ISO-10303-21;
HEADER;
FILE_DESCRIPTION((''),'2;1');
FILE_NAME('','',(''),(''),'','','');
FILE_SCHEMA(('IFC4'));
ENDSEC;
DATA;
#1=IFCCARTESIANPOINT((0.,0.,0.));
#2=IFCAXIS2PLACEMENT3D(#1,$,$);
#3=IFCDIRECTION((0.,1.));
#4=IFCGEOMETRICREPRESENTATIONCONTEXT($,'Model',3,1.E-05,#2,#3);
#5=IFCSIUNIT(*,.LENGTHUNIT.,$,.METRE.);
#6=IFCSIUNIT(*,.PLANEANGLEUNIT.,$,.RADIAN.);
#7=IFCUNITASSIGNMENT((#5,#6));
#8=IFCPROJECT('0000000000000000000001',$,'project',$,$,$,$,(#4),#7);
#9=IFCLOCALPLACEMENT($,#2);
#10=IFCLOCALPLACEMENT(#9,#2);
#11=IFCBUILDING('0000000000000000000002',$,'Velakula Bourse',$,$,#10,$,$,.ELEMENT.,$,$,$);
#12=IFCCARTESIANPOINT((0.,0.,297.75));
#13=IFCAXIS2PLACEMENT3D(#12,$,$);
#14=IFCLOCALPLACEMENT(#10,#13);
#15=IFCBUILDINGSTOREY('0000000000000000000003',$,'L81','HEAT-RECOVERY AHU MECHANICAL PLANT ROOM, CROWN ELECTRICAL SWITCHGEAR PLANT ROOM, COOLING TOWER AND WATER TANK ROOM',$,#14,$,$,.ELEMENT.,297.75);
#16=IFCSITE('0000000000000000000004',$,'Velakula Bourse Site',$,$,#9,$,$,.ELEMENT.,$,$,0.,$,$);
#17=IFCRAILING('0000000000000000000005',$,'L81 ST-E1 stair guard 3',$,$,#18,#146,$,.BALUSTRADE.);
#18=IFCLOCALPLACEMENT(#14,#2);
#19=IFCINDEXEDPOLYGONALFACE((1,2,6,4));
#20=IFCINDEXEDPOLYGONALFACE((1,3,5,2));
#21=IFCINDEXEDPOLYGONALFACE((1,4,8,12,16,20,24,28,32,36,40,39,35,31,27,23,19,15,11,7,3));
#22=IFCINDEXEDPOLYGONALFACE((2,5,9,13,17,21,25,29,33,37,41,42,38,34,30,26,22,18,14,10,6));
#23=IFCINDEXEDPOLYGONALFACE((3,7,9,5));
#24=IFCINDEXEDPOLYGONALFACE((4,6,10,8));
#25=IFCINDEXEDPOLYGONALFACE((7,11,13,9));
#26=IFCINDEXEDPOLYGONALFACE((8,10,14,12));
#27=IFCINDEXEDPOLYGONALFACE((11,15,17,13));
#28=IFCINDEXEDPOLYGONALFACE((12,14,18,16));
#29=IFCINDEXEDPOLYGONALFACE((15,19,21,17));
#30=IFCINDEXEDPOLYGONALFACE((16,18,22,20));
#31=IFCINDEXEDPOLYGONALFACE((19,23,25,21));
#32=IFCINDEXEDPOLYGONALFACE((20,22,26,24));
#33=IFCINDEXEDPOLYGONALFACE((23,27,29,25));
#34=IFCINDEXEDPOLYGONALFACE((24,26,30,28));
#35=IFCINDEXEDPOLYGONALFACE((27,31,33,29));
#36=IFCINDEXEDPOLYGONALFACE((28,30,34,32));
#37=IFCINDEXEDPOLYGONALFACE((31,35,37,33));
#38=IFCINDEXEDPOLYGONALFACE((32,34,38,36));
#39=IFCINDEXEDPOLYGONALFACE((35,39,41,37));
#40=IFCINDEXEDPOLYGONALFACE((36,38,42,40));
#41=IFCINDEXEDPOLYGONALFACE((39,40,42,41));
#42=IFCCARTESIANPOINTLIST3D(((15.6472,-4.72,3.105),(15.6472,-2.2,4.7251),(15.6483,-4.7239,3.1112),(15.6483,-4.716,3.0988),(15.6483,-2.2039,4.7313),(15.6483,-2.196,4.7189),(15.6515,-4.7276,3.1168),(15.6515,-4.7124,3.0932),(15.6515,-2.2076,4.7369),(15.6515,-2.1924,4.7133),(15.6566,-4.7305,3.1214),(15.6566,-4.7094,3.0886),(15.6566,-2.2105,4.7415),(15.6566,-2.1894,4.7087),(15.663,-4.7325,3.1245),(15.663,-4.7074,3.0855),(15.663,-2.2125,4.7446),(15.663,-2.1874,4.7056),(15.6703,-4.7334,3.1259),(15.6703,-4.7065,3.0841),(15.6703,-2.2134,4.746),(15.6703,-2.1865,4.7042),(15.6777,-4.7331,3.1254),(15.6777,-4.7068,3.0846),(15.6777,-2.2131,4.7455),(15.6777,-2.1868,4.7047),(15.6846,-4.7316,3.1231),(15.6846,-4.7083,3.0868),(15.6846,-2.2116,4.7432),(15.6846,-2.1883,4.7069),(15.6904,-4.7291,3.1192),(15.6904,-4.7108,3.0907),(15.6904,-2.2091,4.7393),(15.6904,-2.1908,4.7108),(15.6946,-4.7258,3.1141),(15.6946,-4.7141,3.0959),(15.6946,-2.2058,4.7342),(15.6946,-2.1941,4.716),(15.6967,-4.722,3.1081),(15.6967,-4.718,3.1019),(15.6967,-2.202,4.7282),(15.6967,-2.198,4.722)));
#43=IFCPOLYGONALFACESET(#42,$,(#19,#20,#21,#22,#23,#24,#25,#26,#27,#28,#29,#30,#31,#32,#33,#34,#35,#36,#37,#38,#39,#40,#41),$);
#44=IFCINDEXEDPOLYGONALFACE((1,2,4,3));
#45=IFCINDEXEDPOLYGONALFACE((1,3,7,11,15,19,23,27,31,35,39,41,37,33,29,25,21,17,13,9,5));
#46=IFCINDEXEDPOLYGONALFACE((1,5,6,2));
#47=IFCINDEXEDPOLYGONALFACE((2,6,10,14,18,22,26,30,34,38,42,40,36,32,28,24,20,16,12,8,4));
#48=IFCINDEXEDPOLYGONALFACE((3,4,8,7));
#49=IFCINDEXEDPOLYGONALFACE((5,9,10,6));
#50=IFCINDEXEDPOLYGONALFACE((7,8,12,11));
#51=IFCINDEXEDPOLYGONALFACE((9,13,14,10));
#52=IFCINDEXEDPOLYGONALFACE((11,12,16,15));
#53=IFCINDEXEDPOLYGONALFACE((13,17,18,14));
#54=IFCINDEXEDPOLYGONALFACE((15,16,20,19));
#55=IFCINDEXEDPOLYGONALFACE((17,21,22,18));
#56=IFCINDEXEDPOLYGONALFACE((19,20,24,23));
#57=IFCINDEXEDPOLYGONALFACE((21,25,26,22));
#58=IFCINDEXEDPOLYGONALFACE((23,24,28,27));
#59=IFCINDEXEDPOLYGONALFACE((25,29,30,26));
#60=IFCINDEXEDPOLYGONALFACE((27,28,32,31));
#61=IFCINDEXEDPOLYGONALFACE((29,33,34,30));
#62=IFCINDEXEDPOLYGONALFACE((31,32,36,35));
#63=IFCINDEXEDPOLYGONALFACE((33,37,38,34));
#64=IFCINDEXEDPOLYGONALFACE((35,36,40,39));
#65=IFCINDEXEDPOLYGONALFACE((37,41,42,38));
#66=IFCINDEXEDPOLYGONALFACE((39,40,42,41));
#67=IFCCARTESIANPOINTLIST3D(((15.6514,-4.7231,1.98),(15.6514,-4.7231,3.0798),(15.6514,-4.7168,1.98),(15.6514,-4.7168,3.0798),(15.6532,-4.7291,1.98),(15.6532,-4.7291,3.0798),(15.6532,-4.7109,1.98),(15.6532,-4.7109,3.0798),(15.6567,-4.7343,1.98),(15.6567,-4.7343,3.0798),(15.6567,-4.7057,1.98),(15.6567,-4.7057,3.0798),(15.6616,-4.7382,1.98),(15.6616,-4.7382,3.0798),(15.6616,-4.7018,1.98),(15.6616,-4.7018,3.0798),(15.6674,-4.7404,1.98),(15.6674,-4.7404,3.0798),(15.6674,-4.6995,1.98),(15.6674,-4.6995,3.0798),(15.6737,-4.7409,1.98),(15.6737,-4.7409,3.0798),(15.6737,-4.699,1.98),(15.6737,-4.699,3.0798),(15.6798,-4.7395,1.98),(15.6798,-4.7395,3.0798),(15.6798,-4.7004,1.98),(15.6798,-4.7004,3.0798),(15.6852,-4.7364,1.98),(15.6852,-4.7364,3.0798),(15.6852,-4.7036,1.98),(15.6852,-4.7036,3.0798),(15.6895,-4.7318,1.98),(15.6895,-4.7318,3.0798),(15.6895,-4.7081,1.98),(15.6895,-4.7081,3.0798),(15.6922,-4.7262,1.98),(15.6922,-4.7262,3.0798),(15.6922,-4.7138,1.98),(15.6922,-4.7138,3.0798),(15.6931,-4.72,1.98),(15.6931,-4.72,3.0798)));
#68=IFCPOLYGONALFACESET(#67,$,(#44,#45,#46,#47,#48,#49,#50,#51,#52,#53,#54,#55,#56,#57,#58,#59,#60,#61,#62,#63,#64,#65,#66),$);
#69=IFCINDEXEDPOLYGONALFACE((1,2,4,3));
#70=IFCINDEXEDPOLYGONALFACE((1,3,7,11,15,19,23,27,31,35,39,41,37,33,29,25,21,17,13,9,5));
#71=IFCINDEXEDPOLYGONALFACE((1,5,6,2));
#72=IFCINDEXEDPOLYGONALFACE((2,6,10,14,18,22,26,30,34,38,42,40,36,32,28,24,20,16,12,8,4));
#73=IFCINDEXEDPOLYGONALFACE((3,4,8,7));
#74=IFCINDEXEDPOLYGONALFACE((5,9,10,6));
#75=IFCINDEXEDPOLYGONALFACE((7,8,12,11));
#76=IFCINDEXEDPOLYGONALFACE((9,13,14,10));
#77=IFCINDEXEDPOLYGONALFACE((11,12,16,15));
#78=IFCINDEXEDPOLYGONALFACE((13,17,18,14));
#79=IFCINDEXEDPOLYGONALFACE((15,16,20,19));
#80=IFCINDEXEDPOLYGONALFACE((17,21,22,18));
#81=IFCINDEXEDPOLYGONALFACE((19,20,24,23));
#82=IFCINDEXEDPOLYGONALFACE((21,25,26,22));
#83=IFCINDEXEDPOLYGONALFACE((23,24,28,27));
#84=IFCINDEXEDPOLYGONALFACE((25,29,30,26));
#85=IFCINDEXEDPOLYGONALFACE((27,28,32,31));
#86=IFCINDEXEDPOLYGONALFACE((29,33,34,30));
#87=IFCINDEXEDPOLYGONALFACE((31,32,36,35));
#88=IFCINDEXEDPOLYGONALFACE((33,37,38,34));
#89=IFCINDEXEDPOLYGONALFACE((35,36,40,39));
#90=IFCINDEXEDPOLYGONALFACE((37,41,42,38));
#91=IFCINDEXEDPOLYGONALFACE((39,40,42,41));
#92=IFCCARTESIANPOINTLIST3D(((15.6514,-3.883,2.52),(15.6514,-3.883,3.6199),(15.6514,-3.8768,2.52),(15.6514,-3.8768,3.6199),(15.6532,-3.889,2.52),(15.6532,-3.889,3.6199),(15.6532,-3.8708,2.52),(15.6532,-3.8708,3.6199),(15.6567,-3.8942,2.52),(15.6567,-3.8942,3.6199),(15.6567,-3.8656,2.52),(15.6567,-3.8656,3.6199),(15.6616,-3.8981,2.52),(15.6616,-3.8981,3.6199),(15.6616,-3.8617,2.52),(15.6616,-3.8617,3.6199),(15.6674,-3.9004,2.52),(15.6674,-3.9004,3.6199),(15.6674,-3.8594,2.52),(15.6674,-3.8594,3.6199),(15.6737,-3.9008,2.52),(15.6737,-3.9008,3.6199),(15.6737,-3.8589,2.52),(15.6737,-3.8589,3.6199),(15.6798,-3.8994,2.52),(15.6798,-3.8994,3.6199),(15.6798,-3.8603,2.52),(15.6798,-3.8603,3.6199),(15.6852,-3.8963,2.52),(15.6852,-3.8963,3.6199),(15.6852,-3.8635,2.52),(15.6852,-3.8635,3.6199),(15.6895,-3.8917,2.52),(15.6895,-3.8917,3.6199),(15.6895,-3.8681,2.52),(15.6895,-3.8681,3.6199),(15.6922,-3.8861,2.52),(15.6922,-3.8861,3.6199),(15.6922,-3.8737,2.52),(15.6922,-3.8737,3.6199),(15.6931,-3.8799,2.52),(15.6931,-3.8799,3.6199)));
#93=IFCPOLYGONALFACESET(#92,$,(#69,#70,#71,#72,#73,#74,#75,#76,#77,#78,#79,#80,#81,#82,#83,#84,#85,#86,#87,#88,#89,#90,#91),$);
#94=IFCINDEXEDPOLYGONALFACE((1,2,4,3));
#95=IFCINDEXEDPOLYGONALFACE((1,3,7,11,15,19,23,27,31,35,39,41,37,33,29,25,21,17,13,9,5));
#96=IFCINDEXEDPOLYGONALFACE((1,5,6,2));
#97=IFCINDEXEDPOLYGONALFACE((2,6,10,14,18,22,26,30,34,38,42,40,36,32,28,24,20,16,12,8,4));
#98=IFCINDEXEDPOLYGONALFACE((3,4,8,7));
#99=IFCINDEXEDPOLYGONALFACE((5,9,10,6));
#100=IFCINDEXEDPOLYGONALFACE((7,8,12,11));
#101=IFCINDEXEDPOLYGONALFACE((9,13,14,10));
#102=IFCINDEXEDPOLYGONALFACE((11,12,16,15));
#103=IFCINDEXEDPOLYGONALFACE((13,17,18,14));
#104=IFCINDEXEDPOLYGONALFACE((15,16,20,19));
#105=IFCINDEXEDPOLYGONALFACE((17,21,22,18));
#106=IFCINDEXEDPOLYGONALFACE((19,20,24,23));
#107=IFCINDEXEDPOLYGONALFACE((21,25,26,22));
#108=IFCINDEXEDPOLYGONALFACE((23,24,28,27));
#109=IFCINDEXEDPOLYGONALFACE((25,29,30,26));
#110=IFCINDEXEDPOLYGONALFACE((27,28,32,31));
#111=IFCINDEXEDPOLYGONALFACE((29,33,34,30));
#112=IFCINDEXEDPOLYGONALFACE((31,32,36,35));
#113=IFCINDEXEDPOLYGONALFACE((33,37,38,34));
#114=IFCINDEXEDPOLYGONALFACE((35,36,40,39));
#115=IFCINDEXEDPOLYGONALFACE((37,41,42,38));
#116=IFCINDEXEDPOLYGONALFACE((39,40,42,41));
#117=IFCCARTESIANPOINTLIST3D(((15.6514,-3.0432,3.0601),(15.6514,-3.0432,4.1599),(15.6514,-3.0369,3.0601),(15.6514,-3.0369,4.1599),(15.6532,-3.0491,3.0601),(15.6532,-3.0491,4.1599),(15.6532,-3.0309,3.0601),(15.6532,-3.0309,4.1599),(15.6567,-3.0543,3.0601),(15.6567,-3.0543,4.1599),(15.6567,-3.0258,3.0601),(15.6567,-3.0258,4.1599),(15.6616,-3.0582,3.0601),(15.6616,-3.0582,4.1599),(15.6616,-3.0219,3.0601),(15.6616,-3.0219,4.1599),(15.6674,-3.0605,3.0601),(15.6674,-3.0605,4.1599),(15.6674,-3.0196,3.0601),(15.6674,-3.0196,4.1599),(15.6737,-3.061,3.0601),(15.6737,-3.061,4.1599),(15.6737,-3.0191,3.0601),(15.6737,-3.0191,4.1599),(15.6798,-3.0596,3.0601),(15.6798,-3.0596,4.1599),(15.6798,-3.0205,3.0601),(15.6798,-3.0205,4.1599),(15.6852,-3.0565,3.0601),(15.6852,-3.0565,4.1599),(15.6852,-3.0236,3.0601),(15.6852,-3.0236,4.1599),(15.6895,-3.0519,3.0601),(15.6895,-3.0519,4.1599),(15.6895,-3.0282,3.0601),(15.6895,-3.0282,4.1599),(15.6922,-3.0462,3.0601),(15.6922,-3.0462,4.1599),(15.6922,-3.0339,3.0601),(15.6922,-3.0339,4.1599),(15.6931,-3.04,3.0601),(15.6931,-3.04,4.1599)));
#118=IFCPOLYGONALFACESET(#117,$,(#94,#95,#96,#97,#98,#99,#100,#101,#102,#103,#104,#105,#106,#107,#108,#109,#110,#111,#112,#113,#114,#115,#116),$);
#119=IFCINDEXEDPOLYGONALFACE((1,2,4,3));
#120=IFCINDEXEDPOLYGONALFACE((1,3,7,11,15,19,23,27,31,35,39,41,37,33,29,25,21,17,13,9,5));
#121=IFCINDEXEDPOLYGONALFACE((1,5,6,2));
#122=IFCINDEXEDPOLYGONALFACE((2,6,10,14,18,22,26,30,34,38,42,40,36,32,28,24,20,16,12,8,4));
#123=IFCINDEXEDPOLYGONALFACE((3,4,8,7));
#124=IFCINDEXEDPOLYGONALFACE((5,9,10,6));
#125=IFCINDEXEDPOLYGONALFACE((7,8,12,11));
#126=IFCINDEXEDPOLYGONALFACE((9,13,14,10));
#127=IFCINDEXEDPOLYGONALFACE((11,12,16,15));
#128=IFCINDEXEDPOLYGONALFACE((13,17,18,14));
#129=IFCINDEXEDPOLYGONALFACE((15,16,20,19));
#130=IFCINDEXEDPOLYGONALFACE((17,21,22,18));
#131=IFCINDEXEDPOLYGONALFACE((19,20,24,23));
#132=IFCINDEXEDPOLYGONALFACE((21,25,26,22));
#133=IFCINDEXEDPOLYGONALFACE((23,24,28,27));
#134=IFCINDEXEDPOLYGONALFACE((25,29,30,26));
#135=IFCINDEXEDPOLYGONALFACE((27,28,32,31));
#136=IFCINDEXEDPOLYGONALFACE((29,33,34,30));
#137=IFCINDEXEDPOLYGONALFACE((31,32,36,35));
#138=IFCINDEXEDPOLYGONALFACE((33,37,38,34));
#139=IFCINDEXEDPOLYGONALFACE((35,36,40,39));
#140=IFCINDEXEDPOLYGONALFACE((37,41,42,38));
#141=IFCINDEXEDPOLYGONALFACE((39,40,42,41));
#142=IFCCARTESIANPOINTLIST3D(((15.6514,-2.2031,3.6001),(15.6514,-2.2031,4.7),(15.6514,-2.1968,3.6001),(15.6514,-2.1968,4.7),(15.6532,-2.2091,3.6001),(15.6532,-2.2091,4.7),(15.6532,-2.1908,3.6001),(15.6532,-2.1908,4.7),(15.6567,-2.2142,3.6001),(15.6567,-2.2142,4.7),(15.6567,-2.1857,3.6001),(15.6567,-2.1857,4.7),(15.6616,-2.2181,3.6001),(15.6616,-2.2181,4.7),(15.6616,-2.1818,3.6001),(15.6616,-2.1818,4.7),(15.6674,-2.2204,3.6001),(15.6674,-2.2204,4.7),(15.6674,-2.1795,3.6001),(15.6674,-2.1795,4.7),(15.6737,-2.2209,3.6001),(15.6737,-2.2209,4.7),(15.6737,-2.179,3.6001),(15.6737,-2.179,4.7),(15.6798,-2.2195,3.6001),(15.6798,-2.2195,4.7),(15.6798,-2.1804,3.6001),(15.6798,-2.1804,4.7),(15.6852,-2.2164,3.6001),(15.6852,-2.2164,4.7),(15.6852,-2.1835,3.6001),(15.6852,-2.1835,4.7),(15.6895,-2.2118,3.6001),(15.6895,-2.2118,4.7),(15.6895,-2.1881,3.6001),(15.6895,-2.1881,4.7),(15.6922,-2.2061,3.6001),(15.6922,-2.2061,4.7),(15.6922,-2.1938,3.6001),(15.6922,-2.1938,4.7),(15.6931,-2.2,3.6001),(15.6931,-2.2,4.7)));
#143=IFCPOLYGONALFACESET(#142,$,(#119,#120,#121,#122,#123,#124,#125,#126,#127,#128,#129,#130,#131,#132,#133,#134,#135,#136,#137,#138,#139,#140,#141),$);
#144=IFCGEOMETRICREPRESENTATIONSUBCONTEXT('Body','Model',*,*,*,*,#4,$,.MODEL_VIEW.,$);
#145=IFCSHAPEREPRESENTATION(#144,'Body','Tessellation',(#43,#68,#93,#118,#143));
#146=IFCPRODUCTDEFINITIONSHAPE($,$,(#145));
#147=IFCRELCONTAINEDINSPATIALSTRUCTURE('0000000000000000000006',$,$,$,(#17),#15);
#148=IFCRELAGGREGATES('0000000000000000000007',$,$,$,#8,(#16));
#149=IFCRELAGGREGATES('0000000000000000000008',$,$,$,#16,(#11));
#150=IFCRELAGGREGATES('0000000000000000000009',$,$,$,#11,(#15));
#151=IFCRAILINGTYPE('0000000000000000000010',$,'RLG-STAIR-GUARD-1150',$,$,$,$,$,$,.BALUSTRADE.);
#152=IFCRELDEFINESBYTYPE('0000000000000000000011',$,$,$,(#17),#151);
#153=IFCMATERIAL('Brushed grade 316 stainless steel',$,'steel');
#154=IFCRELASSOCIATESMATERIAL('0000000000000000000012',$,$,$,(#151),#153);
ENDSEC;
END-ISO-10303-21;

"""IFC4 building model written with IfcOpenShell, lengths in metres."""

from ifc_helpers import new_model, si_unit, direction, frame, origin, origin_2d, place, context, subcontext, project, spatial, circle, extrude, material, type_object, element, save


model = new_model("IFC4")

# Units and contexts
model_context = context("Model", 3, precision=1e-05, world=origin(), true_north=direction((0.0, 1.0)))
body_context = subcontext(model_context, "Body", "Model", "MODEL_VIEW")
ifc_project = project(units=[si_unit("LENGTHUNIT", "METRE"), si_unit("PLANEANGLEUNIT", "RADIAN")], contexts=[model_context])

# Site, building, storey
site_placement = place(None, origin())
site = spatial("IfcSite", under=ifc_project, at=site_placement, Name="Velakula Bourse Site", CompositionType="ELEMENT", RefElevation=0.0)
building_placement = place(site_placement, origin())
building = spatial("IfcBuilding", under=site, at=building_placement, Name="Velakula Bourse", CompositionType="ELEMENT")
storey_placement = place(building_placement, frame((0.0, 0.0, 297.75)))
storey = spatial("IfcBuildingStorey", under=building, at=storey_placement, Name="L81", Description="HEAT-RECOVERY AHU MECHANICAL PLANT ROOM, CROWN ELECTRICAL SWITCHGEAR PLANT ROOM, COOLING TOWER AND WATER TANK ROOM", CompositionType="ELEMENT", Elevation=297.75)

# Shared definitions
ifc_material_1 = material(Name="Brushed grade 316 stainless steel", Category="steel")

# Railing
railing_type_1 = type_object("IfcRailingType", Name="RLG-STAIR-GUARD-1150", PredefinedType="BALUSTRADE", material=ifc_material_1)
railing_1_placement = place(storey_placement, frame((15.6721, -4.72, 1.98)))
element("IfcRailing", 1, at=railing_1_placement, inside=storey, type_object=railing_type_1, Name="L81 ST-E1 stair guard 3", PredefinedType="BALUSTRADE", context=body_context, shape_type="SweptSolid", body=[
    extrude(circle(Radius=0.0249, at=origin_2d()), frame((0.0, 0.0, 1.125), z_axis=(0.0, 0.841163, 0.540782), x_axis=(-1.0, 0.0, 0.0)), (0.0, 0.0, 1.0), 2.9958),
    extrude(circle(Radius=0.021, at=origin_2d()), origin(), (0.0, 0.0, 1.0), 1.0999),
    extrude(circle(Radius=0.021, at=origin_2d()), frame((0.0, 0.8401, 0.54)), (0.0, 0.0, 1.0), 1.0999),
    extrude(circle(Radius=0.021, at=origin_2d()), frame((0.0, 1.6799, 1.0801)), (0.0, 0.0, 1.0), 1.0999),
    extrude(circle(Radius=0.021, at=origin_2d()), frame((0.0, 2.52, 1.6201)), (0.0, 0.0, 1.0), 1.0999),
])

save(model, "model.ifc")
